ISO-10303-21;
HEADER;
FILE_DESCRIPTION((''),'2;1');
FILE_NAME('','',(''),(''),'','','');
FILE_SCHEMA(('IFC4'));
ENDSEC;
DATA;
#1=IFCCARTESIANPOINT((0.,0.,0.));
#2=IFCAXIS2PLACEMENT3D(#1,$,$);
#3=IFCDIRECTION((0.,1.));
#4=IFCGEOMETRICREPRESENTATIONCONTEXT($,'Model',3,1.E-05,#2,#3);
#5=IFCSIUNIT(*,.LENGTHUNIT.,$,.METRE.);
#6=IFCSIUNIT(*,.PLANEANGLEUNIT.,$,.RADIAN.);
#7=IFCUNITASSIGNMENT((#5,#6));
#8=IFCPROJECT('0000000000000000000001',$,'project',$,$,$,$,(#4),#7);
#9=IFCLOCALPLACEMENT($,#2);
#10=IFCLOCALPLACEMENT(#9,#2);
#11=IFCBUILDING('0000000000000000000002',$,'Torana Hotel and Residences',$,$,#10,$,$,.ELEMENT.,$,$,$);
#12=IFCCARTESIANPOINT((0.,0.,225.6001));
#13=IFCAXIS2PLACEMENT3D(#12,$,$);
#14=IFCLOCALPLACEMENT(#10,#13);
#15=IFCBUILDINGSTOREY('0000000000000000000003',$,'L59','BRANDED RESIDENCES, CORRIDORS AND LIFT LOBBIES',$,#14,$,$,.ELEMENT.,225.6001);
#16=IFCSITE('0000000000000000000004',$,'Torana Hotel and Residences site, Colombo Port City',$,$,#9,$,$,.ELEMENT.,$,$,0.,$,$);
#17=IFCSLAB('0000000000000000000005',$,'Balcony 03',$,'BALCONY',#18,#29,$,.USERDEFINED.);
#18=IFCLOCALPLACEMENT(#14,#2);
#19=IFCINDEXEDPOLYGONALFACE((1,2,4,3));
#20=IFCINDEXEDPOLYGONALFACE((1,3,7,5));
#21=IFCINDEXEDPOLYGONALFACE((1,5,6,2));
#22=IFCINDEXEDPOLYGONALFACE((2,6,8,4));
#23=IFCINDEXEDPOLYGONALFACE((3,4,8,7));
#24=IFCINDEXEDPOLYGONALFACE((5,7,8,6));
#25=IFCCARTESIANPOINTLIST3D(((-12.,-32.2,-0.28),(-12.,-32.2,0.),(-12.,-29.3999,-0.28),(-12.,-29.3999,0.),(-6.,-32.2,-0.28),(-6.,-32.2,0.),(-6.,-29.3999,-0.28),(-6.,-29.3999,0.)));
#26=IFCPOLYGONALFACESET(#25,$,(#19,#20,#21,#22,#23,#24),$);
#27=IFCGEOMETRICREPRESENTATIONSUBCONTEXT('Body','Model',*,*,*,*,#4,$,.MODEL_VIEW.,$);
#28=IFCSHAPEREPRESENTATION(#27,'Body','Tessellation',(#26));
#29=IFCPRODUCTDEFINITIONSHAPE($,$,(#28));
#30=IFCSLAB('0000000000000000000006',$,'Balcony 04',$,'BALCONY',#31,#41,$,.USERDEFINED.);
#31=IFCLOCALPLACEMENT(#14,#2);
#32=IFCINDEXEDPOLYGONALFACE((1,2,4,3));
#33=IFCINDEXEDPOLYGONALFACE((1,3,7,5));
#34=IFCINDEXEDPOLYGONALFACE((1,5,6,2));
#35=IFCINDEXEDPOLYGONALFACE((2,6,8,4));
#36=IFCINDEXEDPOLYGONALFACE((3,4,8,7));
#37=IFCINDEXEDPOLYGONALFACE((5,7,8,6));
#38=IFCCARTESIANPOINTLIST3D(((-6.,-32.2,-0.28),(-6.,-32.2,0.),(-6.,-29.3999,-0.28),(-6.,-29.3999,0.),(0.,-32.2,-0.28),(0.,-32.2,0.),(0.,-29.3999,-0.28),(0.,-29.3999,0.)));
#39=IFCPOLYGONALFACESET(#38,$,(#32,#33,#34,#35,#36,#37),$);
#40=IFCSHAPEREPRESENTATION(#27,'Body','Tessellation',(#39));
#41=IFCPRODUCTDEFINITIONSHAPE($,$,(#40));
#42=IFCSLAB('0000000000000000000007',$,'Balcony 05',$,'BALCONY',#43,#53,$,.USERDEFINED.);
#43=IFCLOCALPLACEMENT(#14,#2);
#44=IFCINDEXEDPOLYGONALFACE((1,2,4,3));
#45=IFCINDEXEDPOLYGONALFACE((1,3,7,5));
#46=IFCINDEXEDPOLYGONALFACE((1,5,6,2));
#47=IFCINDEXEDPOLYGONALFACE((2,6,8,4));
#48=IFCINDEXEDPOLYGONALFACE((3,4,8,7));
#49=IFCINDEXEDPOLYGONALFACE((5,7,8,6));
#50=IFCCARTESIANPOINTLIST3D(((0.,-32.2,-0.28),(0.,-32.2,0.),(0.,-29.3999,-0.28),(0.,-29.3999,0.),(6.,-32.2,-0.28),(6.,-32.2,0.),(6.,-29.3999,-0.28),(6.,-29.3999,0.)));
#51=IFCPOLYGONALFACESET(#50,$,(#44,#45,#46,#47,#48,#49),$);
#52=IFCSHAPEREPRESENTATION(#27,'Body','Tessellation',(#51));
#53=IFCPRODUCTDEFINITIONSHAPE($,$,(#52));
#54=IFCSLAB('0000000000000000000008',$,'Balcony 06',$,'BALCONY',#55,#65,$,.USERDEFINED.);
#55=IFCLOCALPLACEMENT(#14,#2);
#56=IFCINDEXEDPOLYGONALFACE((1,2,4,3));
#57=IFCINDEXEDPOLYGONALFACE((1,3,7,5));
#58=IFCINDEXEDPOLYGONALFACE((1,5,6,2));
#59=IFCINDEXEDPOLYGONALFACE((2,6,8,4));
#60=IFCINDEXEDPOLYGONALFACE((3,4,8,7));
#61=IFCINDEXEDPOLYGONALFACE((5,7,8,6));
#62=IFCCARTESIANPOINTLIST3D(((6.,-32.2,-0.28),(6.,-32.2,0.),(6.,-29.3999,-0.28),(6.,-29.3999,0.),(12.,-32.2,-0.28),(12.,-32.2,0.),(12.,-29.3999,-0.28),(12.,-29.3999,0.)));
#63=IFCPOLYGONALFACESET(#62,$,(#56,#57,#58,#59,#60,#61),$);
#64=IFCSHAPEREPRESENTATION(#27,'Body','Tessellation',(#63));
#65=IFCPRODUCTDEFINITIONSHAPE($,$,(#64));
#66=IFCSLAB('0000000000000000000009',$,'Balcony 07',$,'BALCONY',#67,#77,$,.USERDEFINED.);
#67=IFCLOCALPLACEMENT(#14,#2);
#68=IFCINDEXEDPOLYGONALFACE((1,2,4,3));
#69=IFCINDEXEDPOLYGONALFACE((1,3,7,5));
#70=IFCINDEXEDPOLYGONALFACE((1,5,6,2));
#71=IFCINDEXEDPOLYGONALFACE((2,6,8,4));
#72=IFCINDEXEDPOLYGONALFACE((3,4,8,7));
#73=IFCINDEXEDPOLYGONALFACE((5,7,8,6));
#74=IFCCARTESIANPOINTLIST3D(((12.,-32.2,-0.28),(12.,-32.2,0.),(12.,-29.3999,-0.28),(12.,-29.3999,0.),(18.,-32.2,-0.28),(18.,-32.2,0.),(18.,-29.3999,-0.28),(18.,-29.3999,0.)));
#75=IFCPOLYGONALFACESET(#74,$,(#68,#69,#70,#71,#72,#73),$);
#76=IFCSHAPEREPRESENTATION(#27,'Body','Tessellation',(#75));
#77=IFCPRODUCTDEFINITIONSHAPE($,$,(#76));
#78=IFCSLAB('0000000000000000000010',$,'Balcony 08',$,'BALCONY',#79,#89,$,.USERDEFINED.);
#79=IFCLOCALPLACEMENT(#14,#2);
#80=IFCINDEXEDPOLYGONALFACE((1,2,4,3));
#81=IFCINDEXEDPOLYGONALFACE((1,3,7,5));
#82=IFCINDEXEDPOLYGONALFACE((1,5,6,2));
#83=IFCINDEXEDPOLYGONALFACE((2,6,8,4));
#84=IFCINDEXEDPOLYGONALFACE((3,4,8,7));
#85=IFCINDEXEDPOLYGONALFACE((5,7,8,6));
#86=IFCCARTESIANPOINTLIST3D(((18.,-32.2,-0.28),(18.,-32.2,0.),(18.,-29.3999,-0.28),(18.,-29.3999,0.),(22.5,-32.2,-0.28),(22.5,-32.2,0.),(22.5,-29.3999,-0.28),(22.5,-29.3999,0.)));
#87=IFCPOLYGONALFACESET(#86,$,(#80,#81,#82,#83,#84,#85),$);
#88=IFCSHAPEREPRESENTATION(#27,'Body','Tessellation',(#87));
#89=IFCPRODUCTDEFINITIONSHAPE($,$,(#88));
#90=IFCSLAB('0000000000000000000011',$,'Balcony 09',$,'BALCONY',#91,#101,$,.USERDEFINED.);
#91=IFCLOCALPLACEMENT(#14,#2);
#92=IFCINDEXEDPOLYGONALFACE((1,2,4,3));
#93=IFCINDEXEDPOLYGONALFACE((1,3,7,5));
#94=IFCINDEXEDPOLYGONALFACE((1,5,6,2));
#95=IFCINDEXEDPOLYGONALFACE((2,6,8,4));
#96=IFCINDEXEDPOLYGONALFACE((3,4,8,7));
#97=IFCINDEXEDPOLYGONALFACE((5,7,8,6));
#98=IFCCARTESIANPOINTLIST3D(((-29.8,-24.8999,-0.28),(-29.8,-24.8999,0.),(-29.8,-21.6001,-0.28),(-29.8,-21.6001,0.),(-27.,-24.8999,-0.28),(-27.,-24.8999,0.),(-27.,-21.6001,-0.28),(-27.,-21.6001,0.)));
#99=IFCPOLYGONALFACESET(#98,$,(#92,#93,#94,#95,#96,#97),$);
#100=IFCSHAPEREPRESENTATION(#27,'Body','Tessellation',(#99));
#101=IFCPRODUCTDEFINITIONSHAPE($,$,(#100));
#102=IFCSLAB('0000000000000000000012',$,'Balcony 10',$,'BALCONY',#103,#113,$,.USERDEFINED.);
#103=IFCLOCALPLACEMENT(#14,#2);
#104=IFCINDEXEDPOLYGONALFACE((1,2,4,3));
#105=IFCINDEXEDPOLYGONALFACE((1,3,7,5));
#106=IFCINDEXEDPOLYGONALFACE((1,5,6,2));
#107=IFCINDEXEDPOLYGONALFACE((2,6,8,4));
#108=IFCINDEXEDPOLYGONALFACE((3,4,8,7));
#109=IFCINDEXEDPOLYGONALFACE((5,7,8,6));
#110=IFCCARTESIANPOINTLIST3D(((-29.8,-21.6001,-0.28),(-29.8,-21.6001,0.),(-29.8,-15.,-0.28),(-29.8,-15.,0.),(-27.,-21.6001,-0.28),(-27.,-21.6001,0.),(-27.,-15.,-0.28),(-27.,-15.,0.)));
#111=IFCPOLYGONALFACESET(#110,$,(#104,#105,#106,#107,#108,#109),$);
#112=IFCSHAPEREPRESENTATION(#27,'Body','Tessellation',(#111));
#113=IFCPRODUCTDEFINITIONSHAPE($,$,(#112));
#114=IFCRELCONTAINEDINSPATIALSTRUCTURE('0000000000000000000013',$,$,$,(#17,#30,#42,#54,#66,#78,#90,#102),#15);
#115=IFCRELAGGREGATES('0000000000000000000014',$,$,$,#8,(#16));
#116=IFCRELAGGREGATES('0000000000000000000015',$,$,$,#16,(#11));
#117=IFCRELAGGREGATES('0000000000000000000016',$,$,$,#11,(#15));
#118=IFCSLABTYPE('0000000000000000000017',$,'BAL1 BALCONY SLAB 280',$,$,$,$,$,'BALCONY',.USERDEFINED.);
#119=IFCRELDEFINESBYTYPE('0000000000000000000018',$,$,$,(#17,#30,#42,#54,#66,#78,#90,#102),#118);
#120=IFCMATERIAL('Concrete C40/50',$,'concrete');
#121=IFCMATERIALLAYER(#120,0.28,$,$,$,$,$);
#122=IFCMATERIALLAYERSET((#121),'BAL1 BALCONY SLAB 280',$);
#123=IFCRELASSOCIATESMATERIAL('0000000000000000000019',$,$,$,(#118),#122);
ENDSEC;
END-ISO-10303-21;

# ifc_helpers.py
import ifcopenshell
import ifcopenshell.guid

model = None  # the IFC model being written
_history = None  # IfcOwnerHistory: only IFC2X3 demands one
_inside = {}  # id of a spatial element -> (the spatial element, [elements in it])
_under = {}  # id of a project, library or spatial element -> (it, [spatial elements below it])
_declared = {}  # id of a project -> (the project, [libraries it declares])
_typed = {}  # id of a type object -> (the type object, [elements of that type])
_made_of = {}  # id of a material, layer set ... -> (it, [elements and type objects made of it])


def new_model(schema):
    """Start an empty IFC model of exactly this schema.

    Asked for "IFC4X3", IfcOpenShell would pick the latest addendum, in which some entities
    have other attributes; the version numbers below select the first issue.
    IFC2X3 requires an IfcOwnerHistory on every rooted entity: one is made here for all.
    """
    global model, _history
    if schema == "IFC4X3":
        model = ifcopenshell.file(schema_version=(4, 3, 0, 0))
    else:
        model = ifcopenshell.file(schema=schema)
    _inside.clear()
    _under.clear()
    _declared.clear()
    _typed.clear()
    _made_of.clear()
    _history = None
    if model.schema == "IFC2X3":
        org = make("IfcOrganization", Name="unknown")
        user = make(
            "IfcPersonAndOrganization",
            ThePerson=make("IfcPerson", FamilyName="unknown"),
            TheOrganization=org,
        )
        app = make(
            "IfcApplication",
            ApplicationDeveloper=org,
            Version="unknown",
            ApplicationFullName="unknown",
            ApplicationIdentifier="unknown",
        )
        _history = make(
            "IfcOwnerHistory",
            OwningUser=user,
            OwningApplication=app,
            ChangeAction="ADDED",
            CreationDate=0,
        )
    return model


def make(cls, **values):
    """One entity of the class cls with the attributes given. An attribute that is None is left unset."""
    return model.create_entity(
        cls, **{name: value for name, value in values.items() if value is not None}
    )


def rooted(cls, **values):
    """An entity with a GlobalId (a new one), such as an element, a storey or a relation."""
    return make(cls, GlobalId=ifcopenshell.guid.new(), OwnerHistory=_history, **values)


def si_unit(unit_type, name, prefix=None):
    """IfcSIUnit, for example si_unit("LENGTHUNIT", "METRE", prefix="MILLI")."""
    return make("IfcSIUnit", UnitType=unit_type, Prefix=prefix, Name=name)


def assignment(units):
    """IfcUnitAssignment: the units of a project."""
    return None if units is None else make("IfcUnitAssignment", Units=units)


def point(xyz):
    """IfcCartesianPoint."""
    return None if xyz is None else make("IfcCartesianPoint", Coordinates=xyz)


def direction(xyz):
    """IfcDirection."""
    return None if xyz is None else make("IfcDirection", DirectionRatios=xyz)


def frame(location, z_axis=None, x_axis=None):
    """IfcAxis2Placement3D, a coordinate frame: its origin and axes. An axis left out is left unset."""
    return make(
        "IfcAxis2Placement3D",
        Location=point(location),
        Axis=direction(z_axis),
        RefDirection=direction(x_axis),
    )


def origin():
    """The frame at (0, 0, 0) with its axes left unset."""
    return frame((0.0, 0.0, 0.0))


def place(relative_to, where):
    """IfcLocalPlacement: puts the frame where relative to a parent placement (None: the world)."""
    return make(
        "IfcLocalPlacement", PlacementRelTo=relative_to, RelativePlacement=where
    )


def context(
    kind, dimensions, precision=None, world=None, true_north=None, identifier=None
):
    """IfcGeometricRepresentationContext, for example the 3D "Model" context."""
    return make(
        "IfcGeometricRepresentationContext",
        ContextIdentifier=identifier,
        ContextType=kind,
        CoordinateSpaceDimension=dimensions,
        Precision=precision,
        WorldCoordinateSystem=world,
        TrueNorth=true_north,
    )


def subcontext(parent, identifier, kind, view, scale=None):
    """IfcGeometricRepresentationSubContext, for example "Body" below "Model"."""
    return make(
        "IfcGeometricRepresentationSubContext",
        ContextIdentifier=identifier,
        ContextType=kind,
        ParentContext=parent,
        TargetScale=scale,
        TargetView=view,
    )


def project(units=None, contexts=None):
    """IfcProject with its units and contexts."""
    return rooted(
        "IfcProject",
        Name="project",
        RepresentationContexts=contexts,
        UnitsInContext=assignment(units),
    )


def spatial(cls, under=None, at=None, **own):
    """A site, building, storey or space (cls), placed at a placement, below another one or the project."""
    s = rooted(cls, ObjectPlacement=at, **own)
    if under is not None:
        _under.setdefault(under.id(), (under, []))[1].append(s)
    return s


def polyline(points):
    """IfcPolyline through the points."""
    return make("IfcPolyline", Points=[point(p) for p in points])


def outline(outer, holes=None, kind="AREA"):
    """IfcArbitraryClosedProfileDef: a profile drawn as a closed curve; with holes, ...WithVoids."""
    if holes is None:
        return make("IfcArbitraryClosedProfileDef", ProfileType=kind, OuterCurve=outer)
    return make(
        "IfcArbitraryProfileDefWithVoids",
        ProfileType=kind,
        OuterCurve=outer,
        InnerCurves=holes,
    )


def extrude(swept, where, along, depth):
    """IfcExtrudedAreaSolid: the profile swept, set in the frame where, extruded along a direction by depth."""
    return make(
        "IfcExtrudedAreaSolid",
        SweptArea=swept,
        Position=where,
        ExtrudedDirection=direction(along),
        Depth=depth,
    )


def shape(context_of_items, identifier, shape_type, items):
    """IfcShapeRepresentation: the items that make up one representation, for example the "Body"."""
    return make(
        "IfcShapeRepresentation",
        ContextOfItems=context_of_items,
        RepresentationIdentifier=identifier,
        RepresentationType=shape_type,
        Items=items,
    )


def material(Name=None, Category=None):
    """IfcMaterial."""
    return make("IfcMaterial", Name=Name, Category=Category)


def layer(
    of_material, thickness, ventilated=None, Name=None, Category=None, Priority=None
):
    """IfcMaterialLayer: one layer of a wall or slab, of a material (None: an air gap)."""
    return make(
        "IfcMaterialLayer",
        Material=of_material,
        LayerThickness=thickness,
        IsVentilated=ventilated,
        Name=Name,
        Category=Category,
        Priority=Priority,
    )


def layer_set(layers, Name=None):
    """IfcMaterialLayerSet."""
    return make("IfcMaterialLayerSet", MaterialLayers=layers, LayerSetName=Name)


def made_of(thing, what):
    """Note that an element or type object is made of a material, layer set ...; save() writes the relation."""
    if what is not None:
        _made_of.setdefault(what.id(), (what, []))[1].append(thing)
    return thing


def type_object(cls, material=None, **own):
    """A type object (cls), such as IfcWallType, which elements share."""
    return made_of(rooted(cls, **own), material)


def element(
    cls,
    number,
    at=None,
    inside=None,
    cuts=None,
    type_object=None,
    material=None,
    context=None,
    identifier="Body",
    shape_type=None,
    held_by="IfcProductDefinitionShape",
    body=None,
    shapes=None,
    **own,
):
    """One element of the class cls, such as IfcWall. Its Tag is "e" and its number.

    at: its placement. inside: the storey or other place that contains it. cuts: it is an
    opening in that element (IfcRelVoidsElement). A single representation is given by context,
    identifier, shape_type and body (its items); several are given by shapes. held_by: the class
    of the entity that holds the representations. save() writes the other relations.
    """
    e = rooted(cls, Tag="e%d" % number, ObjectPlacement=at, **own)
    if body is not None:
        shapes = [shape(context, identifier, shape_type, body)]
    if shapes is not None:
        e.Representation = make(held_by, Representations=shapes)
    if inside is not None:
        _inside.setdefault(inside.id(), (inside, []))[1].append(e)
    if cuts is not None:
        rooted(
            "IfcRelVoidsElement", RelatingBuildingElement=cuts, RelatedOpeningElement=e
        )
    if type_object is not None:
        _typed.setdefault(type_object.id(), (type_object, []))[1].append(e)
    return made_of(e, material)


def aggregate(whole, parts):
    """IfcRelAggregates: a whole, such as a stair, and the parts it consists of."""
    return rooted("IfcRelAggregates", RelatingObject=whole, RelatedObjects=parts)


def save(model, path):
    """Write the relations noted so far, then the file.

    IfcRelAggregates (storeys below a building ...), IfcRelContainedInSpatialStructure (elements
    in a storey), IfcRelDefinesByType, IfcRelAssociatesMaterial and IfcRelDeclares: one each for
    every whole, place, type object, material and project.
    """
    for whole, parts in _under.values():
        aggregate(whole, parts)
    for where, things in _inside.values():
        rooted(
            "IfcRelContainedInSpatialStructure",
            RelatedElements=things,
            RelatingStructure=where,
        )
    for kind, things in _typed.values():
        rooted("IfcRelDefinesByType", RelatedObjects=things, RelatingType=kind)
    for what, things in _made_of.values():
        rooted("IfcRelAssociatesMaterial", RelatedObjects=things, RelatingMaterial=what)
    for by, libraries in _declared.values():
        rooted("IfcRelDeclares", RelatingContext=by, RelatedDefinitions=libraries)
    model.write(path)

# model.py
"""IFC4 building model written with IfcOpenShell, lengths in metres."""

from ifc_helpers import new_model, si_unit, direction, frame, origin, place, context, subcontext, project, spatial, polyline, outline, extrude, material, layer, layer_set, type_object, element, save


model = new_model("IFC4")

# Units and contexts
model_context = context("Model", 3, precision=1e-05, world=origin(), true_north=direction((0.0, 1.0)))
body_context = subcontext(model_context, "Body", "Model", "MODEL_VIEW")
ifc_project = project(units=[si_unit("LENGTHUNIT", "METRE"), si_unit("PLANEANGLEUNIT", "RADIAN")], contexts=[model_context])

# Site, building, storey
site_placement = place(None, origin())
site = spatial("IfcSite", under=ifc_project, at=site_placement, Name="Torana Hotel and Residences site, Colombo Port City", CompositionType="ELEMENT", RefElevation=0.0)
building_placement = place(site_placement, origin())
building = spatial("IfcBuilding", under=site, at=building_placement, Name="Torana Hotel and Residences", CompositionType="ELEMENT")
storey_placement = place(building_placement, frame((0.0, 0.0, 225.6001)))
storey = spatial("IfcBuildingStorey", under=building, at=storey_placement, Name="L59", Description="BRANDED RESIDENCES, CORRIDORS AND LIFT LOBBIES", CompositionType="ELEMENT", Elevation=225.6001)

# Slabs
ifc_material_1 = material(Name="Concrete C40/50", Category="concrete")
ifc_layer_1 = layer(ifc_material_1, 0.28)
ifc_layer_set_1 = layer_set([ifc_layer_1], Name="BAL1 BALCONY SLAB 280")
slab_type = type_object("IfcSlabType", Name="BAL1 BALCONY SLAB 280", ElementType="BALCONY", PredefinedType="USERDEFINED", material=ifc_layer_set_1)
slab_1_placement = place(storey_placement, frame((0.0, 0.0, -0.28)))
element("IfcSlab", 1, at=slab_1_placement, inside=storey, type_object=slab_type, Name="Balcony 03", ObjectType="BALCONY", PredefinedType="USERDEFINED", context=body_context, shape_type="SweptSolid", body=[
    extrude(outline(polyline([(-12.0, -32.2), (-6.0, -32.2), (-6.0, -29.3999), (-12.0, -29.3999), (-12.0, -32.2)])), origin(), (0.0, 0.0, 1.0), 0.28),
])
slab_2_placement = place(storey_placement, frame((0.0, 0.0, -0.28)))
element("IfcSlab", 2, at=slab_2_placement, inside=storey, type_object=slab_type, Name="Balcony 04", ObjectType="BALCONY", PredefinedType="USERDEFINED", context=body_context, shape_type="SweptSolid", body=[
    extrude(outline(polyline([(-6.0, -32.2), (0.0, -32.2), (0.0, -29.3999), (-6.0, -29.3999), (-6.0, -32.2)])), origin(), (0.0, 0.0, 1.0), 0.28),
])
slab_3_placement = place(storey_placement, frame((0.0, 0.0, -0.28)))
element("IfcSlab", 3, at=slab_3_placement, inside=storey, type_object=slab_type, Name="Balcony 05", ObjectType="BALCONY", PredefinedType="USERDEFINED", context=body_context, shape_type="SweptSolid", body=[
    extrude(outline(polyline([(0.0, -32.2), (6.0, -32.2), (6.0, -29.3999), (0.0, -29.3999), (0.0, -32.2)])), origin(), (0.0, 0.0, 1.0), 0.28),
])
slab_4_placement = place(storey_placement, frame((0.0, 0.0, -0.28)))
element("IfcSlab", 4, at=slab_4_placement, inside=storey, type_object=slab_type, Name="Balcony 06", ObjectType="BALCONY", PredefinedType="USERDEFINED", context=body_context, shape_type="SweptSolid", body=[
    extrude(outline(polyline([(6.0, -32.2), (12.0, -32.2), (12.0, -29.3999), (6.0, -29.3999), (6.0, -32.2)])), origin(), (0.0, 0.0, 1.0), 0.28),
])
slab_5_placement = place(storey_placement, frame((0.0, 0.0, -0.28)))
element("IfcSlab", 5, at=slab_5_placement, inside=storey, type_object=slab_type, Name="Balcony 07", ObjectType="BALCONY", PredefinedType="USERDEFINED", context=body_context, shape_type="SweptSolid", body=[
    extrude(outline(polyline([(12.0, -32.2), (18.0, -32.2), (18.0, -29.3999), (12.0, -29.3999), (12.0, -32.2)])), origin(), (0.0, 0.0, 1.0), 0.28),
])
slab_6_placement = place(storey_placement, frame((0.0, 0.0, -0.28)))
element("IfcSlab", 6, at=slab_6_placement, inside=storey, type_object=slab_type, Name="Balcony 08", ObjectType="BALCONY", PredefinedType="USERDEFINED", context=body_context, shape_type="SweptSolid", body=[
    extrude(outline(polyline([(18.0, -32.2), (22.5, -32.2), (22.5, -29.3999), (18.0, -29.3999), (18.0, -32.2)])), origin(), (0.0, 0.0, 1.0), 0.28),
])
slab_7_placement = place(storey_placement, frame((0.0, 0.0, -0.28)))
element("IfcSlab", 7, at=slab_7_placement, inside=storey, type_object=slab_type, Name="Balcony 09", ObjectType="BALCONY", PredefinedType="USERDEFINED", context=body_context, shape_type="SweptSolid", body=[
    extrude(outline(polyline([(-29.8, -24.8999), (-27.0, -24.8999), (-27.0, -21.6001), (-29.8, -21.6001), (-29.8, -24.8999)])), origin(), (0.0, 0.0, 1.0), 0.28),
])
slab_8_placement = place(storey_placement, frame((0.0, 0.0, -0.28)))
element("IfcSlab", 8, at=slab_8_placement, inside=storey, type_object=slab_type, Name="Balcony 10", ObjectType="BALCONY", PredefinedType="USERDEFINED", context=body_context, shape_type="SweptSolid", body=[
    extrude(outline(polyline([(-29.8, -21.6001), (-27.0, -21.6001), (-27.0, -15.0), (-29.8, -15.0), (-29.8, -21.6001)])), origin(), (0.0, 0.0, 1.0), 0.28),
])

save(model, "model.ifc")
